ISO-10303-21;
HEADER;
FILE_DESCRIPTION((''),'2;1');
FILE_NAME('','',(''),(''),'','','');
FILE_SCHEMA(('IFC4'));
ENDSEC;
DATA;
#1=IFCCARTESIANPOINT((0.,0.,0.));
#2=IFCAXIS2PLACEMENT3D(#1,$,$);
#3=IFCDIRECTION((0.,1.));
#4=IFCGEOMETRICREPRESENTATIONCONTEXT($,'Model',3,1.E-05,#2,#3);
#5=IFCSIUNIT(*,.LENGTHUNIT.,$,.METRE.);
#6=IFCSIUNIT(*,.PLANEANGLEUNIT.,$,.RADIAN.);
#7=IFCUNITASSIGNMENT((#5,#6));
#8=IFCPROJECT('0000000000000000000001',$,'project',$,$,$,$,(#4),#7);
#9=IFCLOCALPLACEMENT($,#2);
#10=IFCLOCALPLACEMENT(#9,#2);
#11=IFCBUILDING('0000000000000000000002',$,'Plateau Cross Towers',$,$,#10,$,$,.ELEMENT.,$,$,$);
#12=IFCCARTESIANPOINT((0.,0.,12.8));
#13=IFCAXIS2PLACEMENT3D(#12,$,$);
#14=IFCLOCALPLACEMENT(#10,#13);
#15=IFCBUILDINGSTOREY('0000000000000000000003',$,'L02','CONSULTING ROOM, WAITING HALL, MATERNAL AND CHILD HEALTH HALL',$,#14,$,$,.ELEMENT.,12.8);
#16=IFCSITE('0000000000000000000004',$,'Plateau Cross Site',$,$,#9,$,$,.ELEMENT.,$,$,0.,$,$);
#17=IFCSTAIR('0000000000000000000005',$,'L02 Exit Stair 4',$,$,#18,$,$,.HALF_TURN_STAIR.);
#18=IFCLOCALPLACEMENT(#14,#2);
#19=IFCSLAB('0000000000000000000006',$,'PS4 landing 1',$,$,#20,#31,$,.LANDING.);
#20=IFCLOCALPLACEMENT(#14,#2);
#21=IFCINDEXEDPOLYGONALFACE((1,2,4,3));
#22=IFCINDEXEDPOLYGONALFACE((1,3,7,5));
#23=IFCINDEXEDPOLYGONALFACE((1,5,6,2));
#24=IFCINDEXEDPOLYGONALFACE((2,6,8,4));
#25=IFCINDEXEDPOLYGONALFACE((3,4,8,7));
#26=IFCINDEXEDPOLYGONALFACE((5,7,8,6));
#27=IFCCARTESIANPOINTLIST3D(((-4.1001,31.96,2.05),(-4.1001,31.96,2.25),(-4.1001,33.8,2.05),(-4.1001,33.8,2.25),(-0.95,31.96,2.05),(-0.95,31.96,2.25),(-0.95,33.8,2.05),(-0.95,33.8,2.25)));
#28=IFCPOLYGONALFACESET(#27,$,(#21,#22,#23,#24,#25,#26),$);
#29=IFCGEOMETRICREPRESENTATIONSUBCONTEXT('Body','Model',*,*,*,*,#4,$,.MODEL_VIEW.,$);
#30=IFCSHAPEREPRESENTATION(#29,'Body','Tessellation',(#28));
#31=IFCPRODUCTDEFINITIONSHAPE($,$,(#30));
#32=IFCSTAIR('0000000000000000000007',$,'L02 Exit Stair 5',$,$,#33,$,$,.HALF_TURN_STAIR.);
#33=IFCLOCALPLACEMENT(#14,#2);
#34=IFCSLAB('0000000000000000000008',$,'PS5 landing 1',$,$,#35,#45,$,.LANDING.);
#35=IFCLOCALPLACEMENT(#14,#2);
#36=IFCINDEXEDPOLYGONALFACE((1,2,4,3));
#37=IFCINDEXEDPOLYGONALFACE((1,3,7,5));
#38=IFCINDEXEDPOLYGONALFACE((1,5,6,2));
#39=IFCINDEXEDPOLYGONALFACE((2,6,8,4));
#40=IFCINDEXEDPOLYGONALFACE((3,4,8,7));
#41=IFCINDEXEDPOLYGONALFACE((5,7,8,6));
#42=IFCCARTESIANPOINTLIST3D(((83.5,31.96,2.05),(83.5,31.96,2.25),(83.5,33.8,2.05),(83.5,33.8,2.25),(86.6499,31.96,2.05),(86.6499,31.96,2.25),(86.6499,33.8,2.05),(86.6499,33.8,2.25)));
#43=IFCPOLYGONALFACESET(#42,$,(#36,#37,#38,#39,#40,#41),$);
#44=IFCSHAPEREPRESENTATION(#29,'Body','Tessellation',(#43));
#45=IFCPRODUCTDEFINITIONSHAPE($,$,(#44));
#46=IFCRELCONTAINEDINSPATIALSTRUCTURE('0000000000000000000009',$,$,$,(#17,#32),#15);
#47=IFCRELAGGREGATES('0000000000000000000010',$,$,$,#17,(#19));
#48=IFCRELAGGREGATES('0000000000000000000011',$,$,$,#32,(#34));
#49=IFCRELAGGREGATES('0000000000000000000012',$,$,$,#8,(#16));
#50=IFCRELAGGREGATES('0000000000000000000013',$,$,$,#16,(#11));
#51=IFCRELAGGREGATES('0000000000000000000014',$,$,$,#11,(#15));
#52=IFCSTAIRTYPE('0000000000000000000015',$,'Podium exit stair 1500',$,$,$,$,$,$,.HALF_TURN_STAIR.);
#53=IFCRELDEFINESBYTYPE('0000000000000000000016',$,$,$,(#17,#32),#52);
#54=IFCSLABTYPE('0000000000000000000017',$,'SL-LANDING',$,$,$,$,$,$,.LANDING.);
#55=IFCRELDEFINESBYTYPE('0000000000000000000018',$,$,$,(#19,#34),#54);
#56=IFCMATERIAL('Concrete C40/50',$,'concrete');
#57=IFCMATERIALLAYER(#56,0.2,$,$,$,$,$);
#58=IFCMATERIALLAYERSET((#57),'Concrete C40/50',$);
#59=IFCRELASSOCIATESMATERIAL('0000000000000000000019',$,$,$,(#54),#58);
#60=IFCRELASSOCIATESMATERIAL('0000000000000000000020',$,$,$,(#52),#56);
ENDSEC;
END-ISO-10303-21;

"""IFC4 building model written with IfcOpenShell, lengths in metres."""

from ifc_helpers import new_model, si_unit, direction, frame, origin, place, context, subcontext, project, spatial, polyline, outline, extrude, material, layer, layer_set, type_object, element, aggregate, save


model = new_model("IFC4")

# Units and contexts
model_context = context("Model", 3, precision=1e-05, world=origin(), true_north=direction((0.0, 1.0)))
body_context = subcontext(model_context, "Body", "Model", "MODEL_VIEW")
ifc_project = project(units=[si_unit("LENGTHUNIT", "METRE"), si_unit("PLANEANGLEUNIT", "RADIAN")], contexts=[model_context])

# Site, building, storey
site_placement = place(None, origin())
site = spatial("IfcSite", under=ifc_project, at=site_placement, Name="Plateau Cross Site", CompositionType="ELEMENT", RefElevation=0.0)
building_placement = place(site_placement, origin())
building = spatial("IfcBuilding", under=site, at=building_placement, Name="Plateau Cross Towers", CompositionType="ELEMENT")
storey_placement = place(building_placement, frame((0.0, 0.0, 12.8)))
storey = spatial("IfcBuildingStorey", under=building, at=storey_placement, Name="L02", Description="CONSULTING ROOM, WAITING HALL, MATERNAL AND CHILD HEALTH HALL", CompositionType="ELEMENT", Elevation=12.8)

# Stairs, slabs
ifc_material_1 = material(Name="Concrete C40/50", Category="concrete")
ifc_layer_1 = layer(ifc_material_1, 0.2)
ifc_layer_set_1 = layer_set([ifc_layer_1], Name="Concrete C40/50")
slab_type = type_object("IfcSlabType", Name="SL-LANDING", PredefinedType="LANDING", material=ifc_layer_set_1)
stair_type_1 = type_object("IfcStairType", Name="Podium exit stair 1500", PredefinedType="HALF_TURN_STAIR", material=ifc_material_1)
stair_1_placement = place(storey_placement, origin())
stair_1 = element("IfcStair", 1, at=stair_1_placement, inside=storey, type_object=stair_type_1, Name="L02 Exit Stair 4", PredefinedType="HALF_TURN_STAIR")
slab_1_placement = place(storey_placement, frame((0.0, 0.0, 2.05)))
slab_1 = element("IfcSlab", 2, at=slab_1_placement, type_object=slab_type, Name="PS4 landing 1", PredefinedType="LANDING", context=body_context, shape_type="SweptSolid", body=[
    extrude(outline(polyline([(-0.95, 31.96), (-0.95, 33.8), (-4.1001, 33.8), (-4.1001, 31.96), (-0.95, 31.96)])), origin(), (0.0, 0.0, 1.0), 0.2),
])
aggregate(stair_1, [slab_1])
stair_2_placement = place(storey_placement, origin())
stair_2 = element("IfcStair", 3, at=stair_2_placement, inside=storey, type_object=stair_type_1, Name="L02 Exit Stair 5", PredefinedType="HALF_TURN_STAIR")
slab_2_placement = place(storey_placement, frame((0.0, 0.0, 2.05)))
slab_2 = element("IfcSlab", 4, at=slab_2_placement, type_object=slab_type, Name="PS5 landing 1", PredefinedType="LANDING", context=body_context, shape_type="SweptSolid", body=[
    extrude(outline(polyline([(86.6499, 31.96), (86.6499, 33.8), (83.5, 33.8), (83.5, 31.96), (86.6499, 31.96)])), origin(), (0.0, 0.0, 1.0), 0.2),
])
aggregate(stair_2, [slab_2])

save(model, "model.ifc")
